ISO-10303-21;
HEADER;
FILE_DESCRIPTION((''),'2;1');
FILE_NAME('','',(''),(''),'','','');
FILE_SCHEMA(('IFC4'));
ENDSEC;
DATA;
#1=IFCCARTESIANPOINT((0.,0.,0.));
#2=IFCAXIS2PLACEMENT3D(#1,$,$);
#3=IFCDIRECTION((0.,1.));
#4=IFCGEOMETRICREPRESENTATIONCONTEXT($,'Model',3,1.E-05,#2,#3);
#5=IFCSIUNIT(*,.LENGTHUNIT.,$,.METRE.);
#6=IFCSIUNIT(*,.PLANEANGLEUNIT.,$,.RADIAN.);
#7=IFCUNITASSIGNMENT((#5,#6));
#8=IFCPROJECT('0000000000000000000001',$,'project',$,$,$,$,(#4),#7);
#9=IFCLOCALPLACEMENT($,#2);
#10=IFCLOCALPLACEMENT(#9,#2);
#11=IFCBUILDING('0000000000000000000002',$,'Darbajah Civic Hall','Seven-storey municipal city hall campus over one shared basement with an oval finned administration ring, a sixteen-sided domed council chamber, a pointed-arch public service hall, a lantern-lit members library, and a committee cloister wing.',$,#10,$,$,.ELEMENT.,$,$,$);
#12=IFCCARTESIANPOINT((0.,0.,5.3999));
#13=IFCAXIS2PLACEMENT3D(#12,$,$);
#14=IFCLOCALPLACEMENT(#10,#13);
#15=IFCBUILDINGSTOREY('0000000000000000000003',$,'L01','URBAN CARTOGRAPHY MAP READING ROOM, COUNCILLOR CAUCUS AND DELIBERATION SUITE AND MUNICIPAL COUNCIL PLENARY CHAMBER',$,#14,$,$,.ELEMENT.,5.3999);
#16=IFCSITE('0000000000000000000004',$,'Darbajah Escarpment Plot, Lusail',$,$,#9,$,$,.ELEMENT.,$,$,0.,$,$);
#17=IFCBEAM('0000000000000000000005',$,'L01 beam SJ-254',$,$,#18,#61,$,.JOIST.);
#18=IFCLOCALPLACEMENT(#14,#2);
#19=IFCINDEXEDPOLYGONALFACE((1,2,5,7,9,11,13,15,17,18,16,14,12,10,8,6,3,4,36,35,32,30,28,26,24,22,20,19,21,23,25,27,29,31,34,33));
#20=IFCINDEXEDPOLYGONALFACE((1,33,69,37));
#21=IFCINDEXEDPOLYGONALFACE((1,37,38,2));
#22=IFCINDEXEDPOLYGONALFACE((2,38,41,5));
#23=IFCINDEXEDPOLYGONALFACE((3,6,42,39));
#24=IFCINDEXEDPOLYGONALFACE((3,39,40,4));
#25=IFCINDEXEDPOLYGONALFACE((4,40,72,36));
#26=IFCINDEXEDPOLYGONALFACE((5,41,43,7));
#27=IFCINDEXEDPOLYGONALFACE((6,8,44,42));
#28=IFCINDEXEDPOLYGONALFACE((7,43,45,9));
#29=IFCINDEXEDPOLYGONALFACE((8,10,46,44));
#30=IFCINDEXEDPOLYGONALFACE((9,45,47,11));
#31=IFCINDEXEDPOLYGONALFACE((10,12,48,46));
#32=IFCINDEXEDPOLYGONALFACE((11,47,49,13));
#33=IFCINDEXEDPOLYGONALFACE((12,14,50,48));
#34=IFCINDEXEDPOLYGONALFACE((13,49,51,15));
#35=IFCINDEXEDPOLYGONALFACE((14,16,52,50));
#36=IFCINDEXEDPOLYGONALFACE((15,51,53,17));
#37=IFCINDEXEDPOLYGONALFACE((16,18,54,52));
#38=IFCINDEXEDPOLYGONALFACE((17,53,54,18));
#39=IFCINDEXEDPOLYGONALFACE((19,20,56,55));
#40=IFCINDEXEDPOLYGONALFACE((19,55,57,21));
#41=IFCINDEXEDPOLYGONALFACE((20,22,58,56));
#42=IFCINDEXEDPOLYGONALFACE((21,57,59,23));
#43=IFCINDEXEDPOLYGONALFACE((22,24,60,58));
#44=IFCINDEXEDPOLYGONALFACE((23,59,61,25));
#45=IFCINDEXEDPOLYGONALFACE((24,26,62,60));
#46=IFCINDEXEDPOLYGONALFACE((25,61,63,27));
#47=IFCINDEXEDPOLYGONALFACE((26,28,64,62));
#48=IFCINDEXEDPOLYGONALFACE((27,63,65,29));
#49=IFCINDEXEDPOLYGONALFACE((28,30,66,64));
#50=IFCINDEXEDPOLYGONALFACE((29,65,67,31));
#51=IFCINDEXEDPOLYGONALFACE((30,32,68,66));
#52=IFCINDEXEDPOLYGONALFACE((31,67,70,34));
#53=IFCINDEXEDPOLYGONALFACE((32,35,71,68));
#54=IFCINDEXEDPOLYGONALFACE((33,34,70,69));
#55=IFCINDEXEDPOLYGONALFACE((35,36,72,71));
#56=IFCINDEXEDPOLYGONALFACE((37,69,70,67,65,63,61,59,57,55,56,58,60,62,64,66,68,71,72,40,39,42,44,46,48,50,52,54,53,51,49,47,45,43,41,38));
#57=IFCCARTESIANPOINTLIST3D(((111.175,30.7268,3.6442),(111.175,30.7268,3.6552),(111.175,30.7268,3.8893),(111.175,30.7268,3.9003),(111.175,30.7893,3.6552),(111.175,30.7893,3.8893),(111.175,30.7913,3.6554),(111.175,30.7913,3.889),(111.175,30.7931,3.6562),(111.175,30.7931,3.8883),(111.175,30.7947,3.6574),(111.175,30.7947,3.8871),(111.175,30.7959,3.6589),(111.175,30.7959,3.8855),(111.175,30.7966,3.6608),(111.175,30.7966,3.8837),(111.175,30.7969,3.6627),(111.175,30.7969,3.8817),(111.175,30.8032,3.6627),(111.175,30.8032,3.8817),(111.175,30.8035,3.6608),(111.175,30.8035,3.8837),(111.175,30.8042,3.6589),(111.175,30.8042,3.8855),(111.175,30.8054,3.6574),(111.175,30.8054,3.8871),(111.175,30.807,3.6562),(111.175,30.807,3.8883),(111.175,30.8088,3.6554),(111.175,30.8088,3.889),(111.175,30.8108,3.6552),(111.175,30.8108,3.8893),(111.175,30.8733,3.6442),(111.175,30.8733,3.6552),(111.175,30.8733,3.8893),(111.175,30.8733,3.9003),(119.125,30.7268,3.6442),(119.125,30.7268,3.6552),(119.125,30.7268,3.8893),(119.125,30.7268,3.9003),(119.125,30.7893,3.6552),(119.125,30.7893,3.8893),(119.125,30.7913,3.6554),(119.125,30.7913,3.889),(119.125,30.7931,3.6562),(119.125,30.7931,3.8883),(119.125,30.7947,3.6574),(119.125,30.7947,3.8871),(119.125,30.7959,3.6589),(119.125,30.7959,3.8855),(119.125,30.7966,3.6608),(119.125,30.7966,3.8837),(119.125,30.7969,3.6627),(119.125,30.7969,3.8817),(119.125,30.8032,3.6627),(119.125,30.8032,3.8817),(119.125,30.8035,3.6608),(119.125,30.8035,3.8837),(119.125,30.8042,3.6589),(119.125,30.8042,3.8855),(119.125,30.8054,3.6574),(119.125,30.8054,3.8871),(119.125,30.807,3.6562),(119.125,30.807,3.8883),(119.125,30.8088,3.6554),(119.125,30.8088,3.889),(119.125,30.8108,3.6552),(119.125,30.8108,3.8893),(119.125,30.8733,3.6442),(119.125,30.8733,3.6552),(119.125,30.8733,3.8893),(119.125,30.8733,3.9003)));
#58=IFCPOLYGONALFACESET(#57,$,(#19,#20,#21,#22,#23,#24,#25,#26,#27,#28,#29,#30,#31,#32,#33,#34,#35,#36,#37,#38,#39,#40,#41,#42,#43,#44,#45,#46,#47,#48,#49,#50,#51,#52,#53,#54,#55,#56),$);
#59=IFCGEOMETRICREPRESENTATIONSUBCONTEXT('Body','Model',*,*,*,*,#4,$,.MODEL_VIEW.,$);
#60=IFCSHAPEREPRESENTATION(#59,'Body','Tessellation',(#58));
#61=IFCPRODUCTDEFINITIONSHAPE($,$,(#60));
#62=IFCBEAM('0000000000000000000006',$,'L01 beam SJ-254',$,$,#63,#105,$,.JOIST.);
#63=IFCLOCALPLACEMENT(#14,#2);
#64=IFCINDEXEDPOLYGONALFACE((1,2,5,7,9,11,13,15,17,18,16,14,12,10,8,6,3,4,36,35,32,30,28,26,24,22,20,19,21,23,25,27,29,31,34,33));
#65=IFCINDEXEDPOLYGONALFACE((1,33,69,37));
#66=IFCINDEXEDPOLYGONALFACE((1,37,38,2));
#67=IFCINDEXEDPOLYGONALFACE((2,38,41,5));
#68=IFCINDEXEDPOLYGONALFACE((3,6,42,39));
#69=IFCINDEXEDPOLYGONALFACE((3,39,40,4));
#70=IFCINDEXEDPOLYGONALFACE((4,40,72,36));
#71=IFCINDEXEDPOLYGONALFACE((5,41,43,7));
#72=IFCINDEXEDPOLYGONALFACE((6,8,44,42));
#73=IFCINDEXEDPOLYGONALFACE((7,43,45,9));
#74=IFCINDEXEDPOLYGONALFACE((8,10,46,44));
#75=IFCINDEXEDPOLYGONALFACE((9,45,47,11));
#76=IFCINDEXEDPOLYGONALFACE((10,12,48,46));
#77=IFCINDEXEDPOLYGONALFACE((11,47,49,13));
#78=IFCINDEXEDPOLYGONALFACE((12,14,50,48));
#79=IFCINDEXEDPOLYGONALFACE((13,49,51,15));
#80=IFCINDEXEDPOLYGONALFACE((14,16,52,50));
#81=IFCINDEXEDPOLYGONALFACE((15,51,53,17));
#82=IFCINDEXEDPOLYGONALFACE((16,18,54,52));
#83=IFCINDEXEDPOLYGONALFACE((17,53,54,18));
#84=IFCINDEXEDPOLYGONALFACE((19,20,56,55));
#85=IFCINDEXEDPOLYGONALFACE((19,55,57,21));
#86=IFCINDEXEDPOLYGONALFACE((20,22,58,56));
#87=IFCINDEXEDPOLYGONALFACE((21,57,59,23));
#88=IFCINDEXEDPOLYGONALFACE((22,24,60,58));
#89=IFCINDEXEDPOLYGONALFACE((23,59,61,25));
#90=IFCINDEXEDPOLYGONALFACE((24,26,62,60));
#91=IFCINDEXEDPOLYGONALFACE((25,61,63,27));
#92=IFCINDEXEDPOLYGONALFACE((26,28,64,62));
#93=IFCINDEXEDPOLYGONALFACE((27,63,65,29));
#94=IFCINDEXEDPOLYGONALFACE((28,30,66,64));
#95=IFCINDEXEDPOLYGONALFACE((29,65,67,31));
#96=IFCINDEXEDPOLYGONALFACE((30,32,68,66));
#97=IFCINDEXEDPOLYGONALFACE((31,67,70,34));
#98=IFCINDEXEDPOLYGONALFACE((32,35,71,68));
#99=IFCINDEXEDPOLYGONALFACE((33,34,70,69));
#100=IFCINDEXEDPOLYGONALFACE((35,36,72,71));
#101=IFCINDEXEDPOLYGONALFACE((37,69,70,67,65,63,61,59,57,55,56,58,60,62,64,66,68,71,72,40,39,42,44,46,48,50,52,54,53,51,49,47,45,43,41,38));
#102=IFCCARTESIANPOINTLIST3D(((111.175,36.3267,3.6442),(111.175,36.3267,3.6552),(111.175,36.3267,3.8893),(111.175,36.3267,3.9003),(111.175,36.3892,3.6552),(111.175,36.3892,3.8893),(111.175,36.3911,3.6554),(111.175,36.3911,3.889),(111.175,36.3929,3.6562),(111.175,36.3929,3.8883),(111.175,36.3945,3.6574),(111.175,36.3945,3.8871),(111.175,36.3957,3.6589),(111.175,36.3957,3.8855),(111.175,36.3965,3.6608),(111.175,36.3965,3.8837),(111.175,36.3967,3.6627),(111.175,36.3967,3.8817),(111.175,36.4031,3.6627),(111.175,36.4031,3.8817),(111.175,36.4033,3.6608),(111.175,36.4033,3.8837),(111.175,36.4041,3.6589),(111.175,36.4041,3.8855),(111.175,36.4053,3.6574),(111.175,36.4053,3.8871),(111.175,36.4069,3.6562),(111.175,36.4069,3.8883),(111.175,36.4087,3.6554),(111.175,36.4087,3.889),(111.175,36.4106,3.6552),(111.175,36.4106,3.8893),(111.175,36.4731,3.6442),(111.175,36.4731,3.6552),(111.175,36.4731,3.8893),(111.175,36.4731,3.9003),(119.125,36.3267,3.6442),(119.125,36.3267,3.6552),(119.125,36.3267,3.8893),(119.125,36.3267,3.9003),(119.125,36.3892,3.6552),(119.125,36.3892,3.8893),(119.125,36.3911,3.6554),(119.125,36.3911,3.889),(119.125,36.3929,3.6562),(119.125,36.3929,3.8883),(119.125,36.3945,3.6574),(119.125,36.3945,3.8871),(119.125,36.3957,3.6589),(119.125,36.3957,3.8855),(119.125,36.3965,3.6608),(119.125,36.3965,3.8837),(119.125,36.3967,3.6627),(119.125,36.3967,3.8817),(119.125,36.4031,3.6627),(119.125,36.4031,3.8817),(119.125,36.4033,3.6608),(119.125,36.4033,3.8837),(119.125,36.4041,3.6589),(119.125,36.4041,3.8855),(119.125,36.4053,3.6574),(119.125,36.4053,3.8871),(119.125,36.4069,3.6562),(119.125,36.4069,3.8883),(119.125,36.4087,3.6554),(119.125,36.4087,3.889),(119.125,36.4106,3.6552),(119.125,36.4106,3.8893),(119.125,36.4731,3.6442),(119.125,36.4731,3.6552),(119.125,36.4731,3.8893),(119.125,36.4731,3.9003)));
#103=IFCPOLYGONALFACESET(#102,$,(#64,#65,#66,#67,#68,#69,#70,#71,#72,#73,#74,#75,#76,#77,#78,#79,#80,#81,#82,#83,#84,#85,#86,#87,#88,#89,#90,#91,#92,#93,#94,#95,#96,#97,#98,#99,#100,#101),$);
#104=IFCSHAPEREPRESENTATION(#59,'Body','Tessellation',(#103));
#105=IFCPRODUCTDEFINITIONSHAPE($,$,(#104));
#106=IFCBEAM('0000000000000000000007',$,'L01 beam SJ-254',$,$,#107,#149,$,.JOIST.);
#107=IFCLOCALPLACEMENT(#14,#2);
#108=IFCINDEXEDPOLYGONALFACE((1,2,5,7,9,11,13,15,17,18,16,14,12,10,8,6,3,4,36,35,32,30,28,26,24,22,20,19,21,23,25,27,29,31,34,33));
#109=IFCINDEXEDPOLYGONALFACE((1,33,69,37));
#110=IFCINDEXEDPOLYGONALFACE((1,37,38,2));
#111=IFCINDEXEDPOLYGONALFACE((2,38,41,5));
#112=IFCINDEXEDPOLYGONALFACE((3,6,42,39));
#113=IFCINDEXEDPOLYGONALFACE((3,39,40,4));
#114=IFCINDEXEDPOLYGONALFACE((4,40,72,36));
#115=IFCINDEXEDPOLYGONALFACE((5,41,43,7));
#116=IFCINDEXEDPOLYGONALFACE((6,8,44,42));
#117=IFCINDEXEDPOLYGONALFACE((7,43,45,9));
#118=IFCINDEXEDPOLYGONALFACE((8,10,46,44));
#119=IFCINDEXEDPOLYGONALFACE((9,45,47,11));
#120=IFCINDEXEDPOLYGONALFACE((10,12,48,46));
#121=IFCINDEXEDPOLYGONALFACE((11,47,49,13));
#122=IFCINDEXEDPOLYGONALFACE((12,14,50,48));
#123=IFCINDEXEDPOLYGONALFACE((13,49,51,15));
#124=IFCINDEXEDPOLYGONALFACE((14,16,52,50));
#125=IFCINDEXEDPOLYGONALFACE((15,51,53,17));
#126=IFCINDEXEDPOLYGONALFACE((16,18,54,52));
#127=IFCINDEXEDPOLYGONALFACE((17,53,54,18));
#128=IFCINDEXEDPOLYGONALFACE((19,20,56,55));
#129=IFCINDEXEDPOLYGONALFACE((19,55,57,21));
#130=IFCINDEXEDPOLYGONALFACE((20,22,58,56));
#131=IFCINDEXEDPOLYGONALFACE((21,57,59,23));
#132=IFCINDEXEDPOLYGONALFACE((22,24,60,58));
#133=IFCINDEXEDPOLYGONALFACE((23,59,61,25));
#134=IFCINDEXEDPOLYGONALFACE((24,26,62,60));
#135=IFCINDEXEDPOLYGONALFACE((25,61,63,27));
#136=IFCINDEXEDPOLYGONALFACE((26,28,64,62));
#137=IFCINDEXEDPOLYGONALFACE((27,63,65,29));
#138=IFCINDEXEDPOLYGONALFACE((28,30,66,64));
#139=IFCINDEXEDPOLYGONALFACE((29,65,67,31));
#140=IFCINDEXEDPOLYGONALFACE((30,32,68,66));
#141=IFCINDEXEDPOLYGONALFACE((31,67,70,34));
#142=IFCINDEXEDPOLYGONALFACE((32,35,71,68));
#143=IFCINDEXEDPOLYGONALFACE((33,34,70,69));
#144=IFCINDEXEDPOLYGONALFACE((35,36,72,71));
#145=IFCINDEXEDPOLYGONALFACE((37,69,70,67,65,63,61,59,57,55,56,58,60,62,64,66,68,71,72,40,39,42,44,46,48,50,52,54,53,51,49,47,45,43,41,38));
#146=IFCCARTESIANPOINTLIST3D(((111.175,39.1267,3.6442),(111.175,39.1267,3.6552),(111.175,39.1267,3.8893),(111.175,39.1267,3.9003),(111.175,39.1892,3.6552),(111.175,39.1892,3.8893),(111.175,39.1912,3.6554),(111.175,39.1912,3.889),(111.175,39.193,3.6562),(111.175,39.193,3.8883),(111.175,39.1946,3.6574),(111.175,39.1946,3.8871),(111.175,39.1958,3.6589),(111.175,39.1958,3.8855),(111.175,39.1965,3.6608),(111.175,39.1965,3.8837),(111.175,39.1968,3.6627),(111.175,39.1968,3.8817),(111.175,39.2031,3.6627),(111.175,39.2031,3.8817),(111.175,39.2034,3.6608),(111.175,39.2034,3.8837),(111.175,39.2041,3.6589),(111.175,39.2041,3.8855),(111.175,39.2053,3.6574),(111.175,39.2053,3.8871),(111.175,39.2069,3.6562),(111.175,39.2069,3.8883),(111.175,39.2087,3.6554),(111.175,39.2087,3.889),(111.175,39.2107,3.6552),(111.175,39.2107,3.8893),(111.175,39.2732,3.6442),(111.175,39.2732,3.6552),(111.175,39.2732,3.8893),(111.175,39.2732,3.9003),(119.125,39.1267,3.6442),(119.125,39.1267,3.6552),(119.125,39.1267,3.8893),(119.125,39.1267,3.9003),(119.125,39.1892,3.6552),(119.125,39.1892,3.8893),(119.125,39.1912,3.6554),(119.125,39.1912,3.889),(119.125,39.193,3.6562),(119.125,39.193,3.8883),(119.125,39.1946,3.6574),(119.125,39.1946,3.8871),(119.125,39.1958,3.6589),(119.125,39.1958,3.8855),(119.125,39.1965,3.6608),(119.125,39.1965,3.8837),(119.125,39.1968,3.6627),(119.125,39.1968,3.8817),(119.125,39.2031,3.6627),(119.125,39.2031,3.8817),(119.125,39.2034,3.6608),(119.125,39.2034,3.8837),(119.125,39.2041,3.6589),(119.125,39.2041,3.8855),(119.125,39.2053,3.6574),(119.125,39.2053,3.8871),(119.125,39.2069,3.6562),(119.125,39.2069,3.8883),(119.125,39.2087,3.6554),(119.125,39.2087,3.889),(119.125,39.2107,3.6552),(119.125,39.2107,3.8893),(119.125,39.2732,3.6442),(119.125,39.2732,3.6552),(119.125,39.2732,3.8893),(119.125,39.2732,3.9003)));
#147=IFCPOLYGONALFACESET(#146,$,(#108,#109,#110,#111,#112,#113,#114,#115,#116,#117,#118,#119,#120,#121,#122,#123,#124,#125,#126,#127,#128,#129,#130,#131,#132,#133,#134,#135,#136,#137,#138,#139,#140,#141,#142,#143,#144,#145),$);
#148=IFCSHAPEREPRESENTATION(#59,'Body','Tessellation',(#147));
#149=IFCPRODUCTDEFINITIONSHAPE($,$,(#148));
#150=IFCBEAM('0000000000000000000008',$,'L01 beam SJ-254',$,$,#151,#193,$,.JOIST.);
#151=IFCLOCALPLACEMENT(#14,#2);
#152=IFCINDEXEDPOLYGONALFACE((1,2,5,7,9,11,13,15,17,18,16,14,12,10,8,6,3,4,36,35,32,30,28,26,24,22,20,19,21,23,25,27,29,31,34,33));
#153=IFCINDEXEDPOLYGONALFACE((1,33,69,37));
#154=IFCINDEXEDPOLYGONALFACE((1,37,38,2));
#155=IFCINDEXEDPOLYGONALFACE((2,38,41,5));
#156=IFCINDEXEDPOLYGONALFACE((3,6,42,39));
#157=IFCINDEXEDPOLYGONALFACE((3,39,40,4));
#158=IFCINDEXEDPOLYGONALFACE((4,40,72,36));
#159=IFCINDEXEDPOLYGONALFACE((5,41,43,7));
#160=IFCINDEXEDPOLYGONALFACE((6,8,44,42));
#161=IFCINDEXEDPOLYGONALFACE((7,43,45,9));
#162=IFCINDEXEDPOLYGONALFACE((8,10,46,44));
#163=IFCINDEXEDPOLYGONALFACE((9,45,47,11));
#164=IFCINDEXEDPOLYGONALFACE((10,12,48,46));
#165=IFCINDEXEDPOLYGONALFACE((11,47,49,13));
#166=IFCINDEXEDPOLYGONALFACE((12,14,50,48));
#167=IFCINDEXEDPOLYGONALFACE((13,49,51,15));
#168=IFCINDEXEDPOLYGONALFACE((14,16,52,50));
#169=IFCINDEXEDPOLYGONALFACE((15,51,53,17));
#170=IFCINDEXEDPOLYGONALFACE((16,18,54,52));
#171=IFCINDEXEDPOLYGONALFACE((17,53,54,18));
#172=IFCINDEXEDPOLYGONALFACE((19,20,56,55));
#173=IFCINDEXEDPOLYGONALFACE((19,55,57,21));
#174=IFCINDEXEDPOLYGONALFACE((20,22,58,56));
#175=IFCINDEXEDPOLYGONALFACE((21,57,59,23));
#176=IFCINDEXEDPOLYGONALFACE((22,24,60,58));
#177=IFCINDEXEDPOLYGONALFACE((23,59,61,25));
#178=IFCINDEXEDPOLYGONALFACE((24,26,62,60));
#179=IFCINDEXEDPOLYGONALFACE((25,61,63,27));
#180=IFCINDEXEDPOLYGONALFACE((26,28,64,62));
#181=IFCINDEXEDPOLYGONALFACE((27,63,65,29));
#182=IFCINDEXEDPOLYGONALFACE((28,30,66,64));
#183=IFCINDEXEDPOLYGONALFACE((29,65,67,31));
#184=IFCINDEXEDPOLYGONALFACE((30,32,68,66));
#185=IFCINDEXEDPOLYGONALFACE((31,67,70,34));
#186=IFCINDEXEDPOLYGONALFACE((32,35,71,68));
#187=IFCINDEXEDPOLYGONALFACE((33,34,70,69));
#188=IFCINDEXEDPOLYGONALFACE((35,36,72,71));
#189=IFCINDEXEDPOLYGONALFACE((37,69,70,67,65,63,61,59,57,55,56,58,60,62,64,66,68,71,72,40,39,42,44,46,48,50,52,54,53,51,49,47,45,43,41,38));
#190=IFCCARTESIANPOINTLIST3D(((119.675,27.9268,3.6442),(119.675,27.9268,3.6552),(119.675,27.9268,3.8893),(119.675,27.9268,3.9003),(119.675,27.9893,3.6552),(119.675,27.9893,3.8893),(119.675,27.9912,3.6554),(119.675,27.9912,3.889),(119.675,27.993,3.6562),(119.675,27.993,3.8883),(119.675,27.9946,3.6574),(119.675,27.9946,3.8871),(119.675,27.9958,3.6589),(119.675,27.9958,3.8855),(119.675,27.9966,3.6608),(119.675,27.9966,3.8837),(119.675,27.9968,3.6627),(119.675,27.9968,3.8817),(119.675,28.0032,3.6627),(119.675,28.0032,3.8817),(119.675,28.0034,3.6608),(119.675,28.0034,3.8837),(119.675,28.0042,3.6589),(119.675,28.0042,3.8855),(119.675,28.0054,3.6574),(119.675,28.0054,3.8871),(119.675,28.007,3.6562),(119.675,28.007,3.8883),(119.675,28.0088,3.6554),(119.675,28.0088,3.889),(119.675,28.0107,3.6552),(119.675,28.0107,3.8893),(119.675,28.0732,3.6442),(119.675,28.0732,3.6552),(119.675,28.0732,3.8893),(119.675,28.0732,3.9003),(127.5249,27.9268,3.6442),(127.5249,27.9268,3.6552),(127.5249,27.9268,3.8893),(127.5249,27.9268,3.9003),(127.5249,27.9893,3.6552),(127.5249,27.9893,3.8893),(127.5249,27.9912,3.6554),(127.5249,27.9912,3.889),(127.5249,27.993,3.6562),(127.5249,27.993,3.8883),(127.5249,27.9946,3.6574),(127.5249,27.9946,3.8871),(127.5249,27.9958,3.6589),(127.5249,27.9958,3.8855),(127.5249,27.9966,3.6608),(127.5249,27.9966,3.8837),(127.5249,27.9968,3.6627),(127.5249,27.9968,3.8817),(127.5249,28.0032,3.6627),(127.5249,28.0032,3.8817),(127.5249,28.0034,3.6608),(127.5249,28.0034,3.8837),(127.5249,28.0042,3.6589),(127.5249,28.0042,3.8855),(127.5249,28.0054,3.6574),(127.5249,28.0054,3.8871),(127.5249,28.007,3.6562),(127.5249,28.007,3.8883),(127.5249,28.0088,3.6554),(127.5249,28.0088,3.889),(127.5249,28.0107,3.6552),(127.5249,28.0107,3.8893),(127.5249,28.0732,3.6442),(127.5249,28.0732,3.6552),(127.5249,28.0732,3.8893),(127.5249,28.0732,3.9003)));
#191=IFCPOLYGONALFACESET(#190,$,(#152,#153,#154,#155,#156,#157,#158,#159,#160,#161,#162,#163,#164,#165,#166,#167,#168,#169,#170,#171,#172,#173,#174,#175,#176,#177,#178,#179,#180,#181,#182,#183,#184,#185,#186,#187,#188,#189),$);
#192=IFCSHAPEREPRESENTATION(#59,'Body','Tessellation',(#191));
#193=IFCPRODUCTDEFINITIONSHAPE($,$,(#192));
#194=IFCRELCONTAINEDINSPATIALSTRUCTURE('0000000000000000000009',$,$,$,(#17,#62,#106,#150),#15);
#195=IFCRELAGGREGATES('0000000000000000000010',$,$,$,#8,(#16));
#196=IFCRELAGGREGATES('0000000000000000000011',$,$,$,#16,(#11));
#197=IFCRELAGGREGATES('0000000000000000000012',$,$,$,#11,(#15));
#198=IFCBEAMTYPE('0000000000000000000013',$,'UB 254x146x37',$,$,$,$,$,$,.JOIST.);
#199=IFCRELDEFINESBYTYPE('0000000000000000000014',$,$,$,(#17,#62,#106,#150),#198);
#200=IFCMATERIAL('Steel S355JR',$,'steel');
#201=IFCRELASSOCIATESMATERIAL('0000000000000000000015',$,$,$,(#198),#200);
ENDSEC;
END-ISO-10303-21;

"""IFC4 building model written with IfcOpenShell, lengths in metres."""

from ifc_helpers import new_model, si_unit, direction, frame, origin, origin_2d, place, context, subcontext, project, spatial, i_section, extrude, material, material_profile, profile_set, type_object, element, save


model = new_model("IFC4")

# Units and contexts
model_context = context("Model", 3, precision=1e-05, world=origin(), true_north=direction((0.0, 1.0)))
body_context = subcontext(model_context, "Body", "Model", "MODEL_VIEW")
ifc_project = project(units=[si_unit("LENGTHUNIT", "METRE"), si_unit("PLANEANGLEUNIT", "RADIAN")], contexts=[model_context])

# Site, building, storey
site_placement = place(None, origin())
site = spatial("IfcSite", under=ifc_project, at=site_placement, Name="Darbajah Escarpment Plot, Lusail", CompositionType="ELEMENT", RefElevation=0.0)
building_placement = place(site_placement, origin())
building = spatial("IfcBuilding", under=site, at=building_placement, Name="Darbajah Civic Hall", Description="Seven-storey municipal city hall campus over one shared basement with an oval finned administration ring, a sixteen-sided domed council chamber, a pointed-arch public service hall, a lantern-lit members library, and a committee cloister wing.", CompositionType="ELEMENT")
storey_placement = place(building_placement, frame((0.0, 0.0, 5.3999)))
storey = spatial("IfcBuildingStorey", under=building, at=storey_placement, Name="L01", Description="URBAN CARTOGRAPHY MAP READING ROOM, COUNCILLOR CAUCUS AND DELIBERATION SUITE AND MUNICIPAL COUNCIL PLENARY CHAMBER", CompositionType="ELEMENT", Elevation=5.3999)

# Beams
ifc_material_1 = material(Name="Steel S355JR", Category="steel")
ifc_material_profile_1 = material_profile(ifc_material_1, i_section(OverallWidth=0.1465, OverallDepth=0.2561, WebThickness=0.0063, FlangeThickness=0.011, FilletRadius=0.0076, at=origin_2d()), Name="UB 254x146x37")
ifc_profile_set_1 = profile_set([ifc_material_profile_1], Name="Steel S355JR")
beam_type_1 = type_object("IfcBeamType", Name="UB 254x146x37", PredefinedType="JOIST", material=ifc_profile_set_1)
for number, where, z_axis, x_axis, name in (
    (1, (111.175, 30.8, 3.7722), (1.0, 0.0, 0.0), (0.0, 1.0, 0.0), "L01 beam SJ-254"),
    (2, (111.175, 36.3999, 3.7722), (1.0, 0.0, 0.0), (0.0, 1.0, 0.0), "L01 beam SJ-254"),
    (3, (111.175, 39.2, 3.7722), (1.0, 0.0, 0.0), (0.0, 1.0, 0.0), "L01 beam SJ-254"),
):
    element("IfcBeam", number, at=place(storey_placement, frame(where, z_axis=z_axis, x_axis=x_axis)), inside=storey, type_object=beam_type_1, Name=name, PredefinedType="JOIST", context=body_context, shape_type="SweptSolid", body=[
        extrude(i_section(OverallWidth=0.1465, OverallDepth=0.2561, WebThickness=0.0063, FlangeThickness=0.011, FilletRadius=0.0076, at=origin_2d()), origin(), (0.0, 0.0, 1.0), 7.95),
    ])
for number, where, z_axis, x_axis, name in (
    (4, (119.675, 28.0, 3.7722), (1.0, 0.0, 0.0), (0.0, 1.0, 0.0), "L01 beam SJ-254"),
):
    element("IfcBeam", number, at=place(storey_placement, frame(where, z_axis=z_axis, x_axis=x_axis)), inside=storey, type_object=beam_type_1, Name=name, PredefinedType="JOIST", context=body_context, shape_type="SweptSolid", body=[
        extrude(i_section(OverallWidth=0.1465, OverallDepth=0.2561, WebThickness=0.0063, FlangeThickness=0.011, FilletRadius=0.0076, at=origin_2d()), origin(), (0.0, 0.0, 1.0), 7.8499),
    ])

save(model, "model.ifc")
